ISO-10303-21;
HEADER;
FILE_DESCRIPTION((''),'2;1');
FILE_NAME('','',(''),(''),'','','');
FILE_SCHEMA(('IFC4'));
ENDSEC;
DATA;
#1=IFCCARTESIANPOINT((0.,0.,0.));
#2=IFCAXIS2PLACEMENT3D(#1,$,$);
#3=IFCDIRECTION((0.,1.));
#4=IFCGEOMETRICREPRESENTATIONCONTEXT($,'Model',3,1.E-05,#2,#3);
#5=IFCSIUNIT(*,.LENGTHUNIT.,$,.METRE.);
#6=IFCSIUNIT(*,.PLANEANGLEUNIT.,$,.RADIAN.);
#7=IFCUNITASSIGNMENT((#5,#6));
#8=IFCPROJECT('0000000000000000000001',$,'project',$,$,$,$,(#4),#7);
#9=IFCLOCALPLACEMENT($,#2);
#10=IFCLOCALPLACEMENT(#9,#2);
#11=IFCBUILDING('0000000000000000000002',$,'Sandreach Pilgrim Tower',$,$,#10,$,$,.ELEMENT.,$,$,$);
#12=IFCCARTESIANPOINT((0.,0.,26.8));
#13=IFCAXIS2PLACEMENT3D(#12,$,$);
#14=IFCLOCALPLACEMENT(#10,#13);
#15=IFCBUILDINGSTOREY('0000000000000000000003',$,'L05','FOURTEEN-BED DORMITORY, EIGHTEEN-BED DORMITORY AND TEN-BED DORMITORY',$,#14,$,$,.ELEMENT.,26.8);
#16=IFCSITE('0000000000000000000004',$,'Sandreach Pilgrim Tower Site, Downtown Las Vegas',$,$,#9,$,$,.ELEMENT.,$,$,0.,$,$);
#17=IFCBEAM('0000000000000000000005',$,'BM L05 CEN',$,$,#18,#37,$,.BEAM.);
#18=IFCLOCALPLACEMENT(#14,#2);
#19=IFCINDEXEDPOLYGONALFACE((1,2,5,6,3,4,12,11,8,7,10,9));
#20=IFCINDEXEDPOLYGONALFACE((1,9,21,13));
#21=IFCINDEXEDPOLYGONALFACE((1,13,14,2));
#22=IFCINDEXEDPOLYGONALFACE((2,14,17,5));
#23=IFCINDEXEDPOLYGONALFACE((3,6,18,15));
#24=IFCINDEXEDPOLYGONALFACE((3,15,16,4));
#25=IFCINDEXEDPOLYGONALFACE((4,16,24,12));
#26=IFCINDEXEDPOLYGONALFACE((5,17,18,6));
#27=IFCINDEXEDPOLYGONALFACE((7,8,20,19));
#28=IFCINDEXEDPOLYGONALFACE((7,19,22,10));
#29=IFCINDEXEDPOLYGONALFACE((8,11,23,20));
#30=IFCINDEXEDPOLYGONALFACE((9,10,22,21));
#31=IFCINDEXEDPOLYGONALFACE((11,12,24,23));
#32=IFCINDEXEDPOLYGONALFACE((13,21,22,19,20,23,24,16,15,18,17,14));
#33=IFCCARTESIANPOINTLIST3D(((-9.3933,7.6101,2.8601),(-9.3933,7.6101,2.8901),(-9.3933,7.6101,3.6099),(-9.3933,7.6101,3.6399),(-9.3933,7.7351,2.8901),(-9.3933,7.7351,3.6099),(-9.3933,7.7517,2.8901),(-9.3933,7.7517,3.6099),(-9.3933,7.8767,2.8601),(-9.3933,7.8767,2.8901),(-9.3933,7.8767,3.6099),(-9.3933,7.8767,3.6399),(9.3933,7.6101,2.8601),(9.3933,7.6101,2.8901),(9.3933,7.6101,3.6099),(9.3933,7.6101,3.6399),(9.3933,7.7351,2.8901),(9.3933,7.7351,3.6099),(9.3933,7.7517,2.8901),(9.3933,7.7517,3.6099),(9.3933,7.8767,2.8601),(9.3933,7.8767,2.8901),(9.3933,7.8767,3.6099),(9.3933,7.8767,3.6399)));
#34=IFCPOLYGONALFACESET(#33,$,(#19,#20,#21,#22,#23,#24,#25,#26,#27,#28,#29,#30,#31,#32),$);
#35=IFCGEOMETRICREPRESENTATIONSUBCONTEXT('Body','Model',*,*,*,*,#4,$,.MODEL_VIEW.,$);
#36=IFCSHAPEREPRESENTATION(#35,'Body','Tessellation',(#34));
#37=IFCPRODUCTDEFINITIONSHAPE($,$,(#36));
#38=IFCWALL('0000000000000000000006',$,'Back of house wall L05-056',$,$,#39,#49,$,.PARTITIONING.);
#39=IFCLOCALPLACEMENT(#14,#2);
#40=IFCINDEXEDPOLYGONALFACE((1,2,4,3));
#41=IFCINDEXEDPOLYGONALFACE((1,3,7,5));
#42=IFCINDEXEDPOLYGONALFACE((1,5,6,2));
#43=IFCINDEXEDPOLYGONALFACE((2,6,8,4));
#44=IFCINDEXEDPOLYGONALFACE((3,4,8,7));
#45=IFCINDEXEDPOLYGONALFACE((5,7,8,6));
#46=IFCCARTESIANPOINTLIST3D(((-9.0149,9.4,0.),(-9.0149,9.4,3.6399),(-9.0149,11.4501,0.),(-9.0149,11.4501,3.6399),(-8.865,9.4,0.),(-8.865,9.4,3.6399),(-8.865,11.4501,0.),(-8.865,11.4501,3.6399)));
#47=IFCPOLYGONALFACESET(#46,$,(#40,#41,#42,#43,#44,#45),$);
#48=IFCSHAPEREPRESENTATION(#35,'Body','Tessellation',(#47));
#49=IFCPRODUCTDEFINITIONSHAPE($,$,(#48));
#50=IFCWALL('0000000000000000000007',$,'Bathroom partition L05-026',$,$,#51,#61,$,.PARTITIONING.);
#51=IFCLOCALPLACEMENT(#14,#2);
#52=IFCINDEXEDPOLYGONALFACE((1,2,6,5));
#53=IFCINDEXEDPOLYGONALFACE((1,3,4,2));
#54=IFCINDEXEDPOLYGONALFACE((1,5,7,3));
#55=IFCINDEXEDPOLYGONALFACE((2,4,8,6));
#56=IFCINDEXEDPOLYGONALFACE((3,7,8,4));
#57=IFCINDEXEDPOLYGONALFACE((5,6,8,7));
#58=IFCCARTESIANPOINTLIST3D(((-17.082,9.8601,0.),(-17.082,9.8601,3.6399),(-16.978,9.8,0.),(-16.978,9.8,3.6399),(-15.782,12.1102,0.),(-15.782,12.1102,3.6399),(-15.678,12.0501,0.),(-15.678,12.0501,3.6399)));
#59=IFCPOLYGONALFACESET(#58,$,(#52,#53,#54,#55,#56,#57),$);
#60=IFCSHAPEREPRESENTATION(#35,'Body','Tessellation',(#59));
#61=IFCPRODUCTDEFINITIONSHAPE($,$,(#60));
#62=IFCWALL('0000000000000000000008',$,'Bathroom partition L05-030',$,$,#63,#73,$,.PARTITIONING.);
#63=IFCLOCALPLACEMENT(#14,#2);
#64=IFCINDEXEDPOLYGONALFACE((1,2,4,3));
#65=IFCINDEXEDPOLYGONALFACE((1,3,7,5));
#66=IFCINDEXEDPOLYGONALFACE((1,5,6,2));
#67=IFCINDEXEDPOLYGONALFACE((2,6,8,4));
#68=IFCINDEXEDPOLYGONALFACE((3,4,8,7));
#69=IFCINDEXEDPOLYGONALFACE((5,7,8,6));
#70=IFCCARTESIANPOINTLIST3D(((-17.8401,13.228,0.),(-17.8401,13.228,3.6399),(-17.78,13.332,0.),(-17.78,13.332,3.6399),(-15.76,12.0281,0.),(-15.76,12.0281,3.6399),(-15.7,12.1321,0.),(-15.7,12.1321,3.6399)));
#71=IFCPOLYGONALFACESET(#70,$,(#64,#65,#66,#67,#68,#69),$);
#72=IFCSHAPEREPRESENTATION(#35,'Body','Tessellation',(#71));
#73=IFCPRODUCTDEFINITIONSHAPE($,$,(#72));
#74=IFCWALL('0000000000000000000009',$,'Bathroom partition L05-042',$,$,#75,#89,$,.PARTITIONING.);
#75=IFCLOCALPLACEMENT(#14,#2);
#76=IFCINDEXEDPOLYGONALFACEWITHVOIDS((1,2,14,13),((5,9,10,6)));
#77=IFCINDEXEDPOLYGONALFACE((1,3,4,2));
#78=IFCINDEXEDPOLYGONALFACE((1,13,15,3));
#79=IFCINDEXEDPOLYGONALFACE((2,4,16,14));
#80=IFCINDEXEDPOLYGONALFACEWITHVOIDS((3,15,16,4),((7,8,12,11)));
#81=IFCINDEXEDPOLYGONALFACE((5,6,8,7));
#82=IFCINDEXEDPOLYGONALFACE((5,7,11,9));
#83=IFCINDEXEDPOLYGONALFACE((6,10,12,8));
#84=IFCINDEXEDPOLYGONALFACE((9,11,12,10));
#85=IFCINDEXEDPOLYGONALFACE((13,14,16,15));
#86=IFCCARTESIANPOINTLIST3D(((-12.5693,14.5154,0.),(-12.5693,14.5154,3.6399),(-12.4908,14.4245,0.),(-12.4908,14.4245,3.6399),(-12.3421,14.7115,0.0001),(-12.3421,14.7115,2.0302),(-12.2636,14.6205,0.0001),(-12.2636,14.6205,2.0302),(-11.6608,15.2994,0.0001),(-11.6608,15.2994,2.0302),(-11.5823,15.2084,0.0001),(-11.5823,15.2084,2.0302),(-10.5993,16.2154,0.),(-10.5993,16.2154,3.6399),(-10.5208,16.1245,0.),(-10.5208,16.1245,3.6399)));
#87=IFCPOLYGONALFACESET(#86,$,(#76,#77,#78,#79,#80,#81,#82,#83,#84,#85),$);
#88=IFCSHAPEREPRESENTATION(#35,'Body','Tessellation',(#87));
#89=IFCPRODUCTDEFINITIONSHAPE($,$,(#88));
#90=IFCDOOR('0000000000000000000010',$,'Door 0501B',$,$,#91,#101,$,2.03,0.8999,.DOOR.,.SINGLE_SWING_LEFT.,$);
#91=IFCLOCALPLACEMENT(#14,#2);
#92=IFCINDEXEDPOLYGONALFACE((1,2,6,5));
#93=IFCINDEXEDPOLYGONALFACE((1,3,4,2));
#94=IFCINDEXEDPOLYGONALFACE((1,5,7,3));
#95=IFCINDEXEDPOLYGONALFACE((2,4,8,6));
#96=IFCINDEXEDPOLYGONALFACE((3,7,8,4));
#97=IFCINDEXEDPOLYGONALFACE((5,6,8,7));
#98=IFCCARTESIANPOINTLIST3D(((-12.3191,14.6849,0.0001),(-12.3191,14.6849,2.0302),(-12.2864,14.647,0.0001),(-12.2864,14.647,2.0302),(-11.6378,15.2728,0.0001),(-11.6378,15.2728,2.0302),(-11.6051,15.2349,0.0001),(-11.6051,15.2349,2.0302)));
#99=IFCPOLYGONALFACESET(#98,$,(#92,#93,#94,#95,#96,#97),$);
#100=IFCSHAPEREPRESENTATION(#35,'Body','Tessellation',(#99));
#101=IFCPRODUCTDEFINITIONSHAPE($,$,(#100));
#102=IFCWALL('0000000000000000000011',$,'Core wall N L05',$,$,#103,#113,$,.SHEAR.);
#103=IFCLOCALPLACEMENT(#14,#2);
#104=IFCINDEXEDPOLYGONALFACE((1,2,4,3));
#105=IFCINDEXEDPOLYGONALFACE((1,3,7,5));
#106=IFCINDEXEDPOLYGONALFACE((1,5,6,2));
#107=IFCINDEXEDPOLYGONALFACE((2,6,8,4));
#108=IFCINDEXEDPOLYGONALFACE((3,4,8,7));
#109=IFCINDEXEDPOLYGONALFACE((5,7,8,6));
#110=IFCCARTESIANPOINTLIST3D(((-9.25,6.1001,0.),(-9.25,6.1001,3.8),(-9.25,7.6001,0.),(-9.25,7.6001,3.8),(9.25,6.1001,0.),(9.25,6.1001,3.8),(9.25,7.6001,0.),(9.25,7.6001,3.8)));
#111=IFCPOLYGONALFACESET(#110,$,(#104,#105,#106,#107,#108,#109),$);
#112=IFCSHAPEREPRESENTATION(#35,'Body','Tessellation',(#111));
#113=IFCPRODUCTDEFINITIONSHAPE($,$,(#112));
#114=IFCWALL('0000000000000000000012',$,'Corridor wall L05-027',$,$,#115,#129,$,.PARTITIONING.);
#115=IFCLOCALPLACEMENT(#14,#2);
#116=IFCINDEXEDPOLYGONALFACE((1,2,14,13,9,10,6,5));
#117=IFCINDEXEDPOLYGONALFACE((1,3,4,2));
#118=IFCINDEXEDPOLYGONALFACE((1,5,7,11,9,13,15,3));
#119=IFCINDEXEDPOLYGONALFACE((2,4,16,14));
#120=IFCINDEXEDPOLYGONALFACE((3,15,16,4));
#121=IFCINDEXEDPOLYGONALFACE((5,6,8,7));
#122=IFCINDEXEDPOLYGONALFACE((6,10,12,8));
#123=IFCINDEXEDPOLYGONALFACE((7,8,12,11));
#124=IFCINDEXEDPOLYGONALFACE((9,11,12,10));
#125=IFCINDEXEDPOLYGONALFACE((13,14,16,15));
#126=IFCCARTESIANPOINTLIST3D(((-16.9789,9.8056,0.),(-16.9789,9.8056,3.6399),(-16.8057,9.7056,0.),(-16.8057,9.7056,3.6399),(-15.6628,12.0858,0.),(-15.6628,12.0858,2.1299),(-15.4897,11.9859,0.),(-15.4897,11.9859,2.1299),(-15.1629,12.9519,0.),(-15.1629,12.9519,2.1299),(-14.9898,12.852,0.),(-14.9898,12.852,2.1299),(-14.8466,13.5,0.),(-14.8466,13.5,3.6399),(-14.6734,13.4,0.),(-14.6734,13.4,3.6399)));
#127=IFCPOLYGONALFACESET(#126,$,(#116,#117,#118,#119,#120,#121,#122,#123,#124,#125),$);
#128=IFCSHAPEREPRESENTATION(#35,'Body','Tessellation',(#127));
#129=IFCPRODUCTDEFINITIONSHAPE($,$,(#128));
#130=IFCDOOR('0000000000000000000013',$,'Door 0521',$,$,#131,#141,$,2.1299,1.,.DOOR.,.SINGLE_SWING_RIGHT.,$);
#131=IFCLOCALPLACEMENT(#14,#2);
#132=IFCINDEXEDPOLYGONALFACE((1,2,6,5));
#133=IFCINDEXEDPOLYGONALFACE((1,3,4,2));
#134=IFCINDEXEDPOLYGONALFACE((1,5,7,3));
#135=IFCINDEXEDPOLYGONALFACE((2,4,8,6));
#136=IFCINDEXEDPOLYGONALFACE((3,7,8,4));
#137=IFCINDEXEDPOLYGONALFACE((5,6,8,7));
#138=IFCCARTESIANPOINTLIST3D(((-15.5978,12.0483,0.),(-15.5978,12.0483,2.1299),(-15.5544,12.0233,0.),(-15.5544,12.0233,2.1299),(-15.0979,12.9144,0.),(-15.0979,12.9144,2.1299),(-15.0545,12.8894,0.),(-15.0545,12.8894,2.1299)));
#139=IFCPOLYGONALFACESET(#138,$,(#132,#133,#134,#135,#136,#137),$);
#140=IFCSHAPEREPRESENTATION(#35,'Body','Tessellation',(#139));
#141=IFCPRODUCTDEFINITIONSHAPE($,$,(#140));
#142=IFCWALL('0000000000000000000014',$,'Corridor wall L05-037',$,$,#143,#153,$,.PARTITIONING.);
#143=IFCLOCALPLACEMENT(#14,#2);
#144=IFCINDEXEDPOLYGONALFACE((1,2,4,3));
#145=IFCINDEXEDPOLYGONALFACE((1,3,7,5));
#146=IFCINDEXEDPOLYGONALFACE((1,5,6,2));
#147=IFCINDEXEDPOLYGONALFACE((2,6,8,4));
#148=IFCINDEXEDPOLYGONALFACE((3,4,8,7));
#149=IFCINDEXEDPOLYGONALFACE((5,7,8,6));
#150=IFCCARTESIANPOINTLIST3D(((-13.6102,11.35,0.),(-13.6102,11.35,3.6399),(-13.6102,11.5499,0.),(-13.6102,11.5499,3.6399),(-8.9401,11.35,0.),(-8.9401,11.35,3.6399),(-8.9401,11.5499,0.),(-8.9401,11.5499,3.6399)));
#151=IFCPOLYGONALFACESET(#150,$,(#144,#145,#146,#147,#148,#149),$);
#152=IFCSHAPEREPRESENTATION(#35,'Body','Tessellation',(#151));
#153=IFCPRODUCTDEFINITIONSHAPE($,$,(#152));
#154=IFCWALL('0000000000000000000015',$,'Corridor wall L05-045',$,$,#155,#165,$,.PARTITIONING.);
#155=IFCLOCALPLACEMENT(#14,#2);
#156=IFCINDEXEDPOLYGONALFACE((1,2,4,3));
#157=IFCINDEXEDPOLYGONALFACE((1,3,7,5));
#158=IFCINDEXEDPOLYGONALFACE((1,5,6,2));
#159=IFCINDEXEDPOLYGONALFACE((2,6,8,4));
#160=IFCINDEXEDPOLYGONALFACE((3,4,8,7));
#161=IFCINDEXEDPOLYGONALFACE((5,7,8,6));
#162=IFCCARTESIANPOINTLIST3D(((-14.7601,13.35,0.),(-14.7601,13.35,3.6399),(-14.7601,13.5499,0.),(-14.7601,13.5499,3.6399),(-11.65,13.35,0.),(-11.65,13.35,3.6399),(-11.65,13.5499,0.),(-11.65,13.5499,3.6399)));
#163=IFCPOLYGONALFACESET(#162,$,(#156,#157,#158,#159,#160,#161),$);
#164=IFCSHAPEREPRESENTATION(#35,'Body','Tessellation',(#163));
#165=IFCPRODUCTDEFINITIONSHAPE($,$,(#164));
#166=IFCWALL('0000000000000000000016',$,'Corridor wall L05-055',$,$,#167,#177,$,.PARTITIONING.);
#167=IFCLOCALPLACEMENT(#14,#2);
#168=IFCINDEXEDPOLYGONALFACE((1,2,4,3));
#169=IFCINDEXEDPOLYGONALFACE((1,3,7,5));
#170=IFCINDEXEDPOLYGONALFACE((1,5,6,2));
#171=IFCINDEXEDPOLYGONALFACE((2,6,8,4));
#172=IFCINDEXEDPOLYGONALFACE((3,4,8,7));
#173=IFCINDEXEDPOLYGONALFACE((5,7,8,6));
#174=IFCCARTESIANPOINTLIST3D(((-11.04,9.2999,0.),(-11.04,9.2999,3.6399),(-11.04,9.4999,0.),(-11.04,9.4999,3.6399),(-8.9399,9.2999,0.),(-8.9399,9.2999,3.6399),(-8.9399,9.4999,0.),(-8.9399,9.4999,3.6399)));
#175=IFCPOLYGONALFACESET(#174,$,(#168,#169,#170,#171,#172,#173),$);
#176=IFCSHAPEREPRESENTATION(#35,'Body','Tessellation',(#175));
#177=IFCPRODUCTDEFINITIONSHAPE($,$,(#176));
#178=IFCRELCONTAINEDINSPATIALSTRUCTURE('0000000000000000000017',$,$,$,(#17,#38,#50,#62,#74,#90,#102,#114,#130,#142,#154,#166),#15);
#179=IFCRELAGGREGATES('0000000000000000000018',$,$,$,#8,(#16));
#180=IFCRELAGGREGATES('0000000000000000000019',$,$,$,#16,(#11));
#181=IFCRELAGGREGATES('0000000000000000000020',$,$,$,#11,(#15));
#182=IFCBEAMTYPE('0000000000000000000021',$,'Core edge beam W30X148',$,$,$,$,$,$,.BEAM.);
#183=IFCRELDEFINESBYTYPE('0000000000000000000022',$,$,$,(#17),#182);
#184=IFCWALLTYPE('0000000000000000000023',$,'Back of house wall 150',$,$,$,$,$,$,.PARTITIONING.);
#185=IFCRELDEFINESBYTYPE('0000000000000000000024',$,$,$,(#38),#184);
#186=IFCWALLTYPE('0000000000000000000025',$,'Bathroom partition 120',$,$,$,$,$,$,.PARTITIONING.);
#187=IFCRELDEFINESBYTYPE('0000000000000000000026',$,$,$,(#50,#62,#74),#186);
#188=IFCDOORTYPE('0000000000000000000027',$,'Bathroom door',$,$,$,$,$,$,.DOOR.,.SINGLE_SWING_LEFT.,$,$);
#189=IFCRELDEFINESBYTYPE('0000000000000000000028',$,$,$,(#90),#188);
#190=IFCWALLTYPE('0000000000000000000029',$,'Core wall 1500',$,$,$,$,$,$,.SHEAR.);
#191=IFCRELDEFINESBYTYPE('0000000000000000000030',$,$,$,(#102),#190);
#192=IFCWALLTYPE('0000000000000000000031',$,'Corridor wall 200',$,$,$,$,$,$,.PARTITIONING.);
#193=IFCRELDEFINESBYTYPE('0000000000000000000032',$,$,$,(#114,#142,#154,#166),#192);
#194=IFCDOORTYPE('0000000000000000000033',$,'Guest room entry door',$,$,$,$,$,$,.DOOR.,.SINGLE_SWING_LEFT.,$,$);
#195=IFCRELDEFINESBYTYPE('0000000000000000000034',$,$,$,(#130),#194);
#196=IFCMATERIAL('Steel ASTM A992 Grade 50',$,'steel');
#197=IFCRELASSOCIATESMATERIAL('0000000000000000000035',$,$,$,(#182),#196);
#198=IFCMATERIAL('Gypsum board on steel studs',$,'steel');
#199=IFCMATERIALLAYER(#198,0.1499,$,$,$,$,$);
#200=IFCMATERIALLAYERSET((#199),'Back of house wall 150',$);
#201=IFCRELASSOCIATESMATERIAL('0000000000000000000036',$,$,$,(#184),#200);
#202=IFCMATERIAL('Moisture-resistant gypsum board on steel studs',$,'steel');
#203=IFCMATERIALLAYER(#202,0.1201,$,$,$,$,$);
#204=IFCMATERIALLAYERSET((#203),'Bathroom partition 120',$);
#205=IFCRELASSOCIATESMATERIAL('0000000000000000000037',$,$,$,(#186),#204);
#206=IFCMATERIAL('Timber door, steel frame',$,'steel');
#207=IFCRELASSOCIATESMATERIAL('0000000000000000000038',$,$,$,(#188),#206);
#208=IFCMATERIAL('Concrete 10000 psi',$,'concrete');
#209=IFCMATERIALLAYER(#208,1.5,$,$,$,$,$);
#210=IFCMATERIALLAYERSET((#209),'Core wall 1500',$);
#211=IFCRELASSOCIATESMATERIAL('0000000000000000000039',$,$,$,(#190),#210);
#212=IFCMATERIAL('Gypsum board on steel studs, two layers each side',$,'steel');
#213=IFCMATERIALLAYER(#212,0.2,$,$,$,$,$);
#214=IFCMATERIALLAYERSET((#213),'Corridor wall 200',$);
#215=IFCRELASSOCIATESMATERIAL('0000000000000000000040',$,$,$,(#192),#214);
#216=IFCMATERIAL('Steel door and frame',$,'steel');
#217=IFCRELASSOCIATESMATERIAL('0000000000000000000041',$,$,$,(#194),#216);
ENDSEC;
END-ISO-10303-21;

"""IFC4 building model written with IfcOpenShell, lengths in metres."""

from ifc_helpers import new_model, si_unit, direction, frame, frame_2d, origin, origin_2d, place, context, subcontext, project, spatial, rectangle, i_section, extrude, material, layer, layer_set, material_profile, profile_set, type_object, element, fill, save


model = new_model("IFC4")

# Units and contexts
model_context = context("Model", 3, precision=1e-05, world=origin(), true_north=direction((0.0, 1.0)))
body_context = subcontext(model_context, "Body", "Model", "MODEL_VIEW")
ifc_project = project(units=[si_unit("LENGTHUNIT", "METRE"), si_unit("PLANEANGLEUNIT", "RADIAN")], contexts=[model_context])

# Site, building, storey
site_placement = place(None, origin())
site = spatial("IfcSite", under=ifc_project, at=site_placement, Name="Sandreach Pilgrim Tower Site, Downtown Las Vegas", CompositionType="ELEMENT", RefElevation=0.0)
building_placement = place(site_placement, origin())
building = spatial("IfcBuilding", under=site, at=building_placement, Name="Sandreach Pilgrim Tower", CompositionType="ELEMENT")
storey_placement = place(building_placement, frame((0.0, 0.0, 26.8)))
storey = spatial("IfcBuildingStorey", under=building, at=storey_placement, Name="L05", Description="FOURTEEN-BED DORMITORY, EIGHTEEN-BED DORMITORY AND TEN-BED DORMITORY", CompositionType="ELEMENT", Elevation=26.8)

# Beam
ifc_material_1 = material(Name="Steel ASTM A992 Grade 50", Category="steel")
ifc_material_profile = material_profile(ifc_material_1, i_section(OverallWidth=0.2666, OverallDepth=0.7798, WebThickness=0.0166, FlangeThickness=0.03, at=origin_2d()), Name="W30X148")
ifc_profile_set = profile_set([ifc_material_profile], Name="Steel ASTM A992 Grade 50")
beam_type = type_object("IfcBeamType", Name="Core edge beam W30X148", PredefinedType="BEAM", material=ifc_profile_set)
beam_placement = place(storey_placement, frame((-9.3933, 7.7434, 3.25), z_axis=(1.0, 0.0, 0.0), x_axis=(0.0, 1.0, 0.0)))
element("IfcBeam", 1, at=beam_placement, inside=storey, type_object=beam_type, Name="BM L05 CEN", PredefinedType="BEAM", context=body_context, shape_type="SweptSolid", body=[
    extrude(i_section(OverallWidth=0.2666, OverallDepth=0.7798, WebThickness=0.0166, FlangeThickness=0.03, at=origin_2d()), origin(), (0.0, 0.0, 1.0), 18.7866),
])

# Walls
ifc_material_2 = material(Name="Gypsum board on steel studs", Category="steel")
ifc_layer_1 = layer(ifc_material_2, 0.1499)
ifc_layer_set_1 = layer_set([ifc_layer_1], Name="Back of house wall 150")
wall_type_1 = type_object("IfcWallType", Name="Back of house wall 150", PredefinedType="PARTITIONING", material=ifc_layer_set_1)
wall_1_placement = place(storey_placement, frame((-8.9399, 11.45, 0.0), z_axis=(0.0, 0.0, 1.0), x_axis=(0.0, -1.0, 0.0)))
element("IfcWall", 2, at=wall_1_placement, inside=storey, type_object=wall_type_1, Name="Back of house wall L05-056", PredefinedType="PARTITIONING", context=body_context, shape_type="SweptSolid", body=[
    extrude(rectangle(XDim=2.05, YDim=0.1499, at=frame_2d((1.0249, 0.0))), origin(), (0.0, 0.0, 1.0), 3.6399),
])
ifc_material_3 = material(Name="Moisture-resistant gypsum board on steel studs", Category="steel")
ifc_layer_2 = layer(ifc_material_3, 0.1201)
ifc_layer_set_2 = layer_set([ifc_layer_2], Name="Bathroom partition 120")
wall_type_2 = type_object("IfcWallType", Name="Bathroom partition 120", PredefinedType="PARTITIONING", material=ifc_layer_set_2)
wall_2_placement = place(storey_placement, frame((-17.03, 9.8301, 0.0), z_axis=(0.0, 0.0, 1.0), x_axis=(0.500292, 0.865857, 0.0)))
element("IfcWall", 3, at=wall_2_placement, inside=storey, type_object=wall_type_2, Name="Bathroom partition L05-026", PredefinedType="PARTITIONING", context=body_context, shape_type="SweptSolid", body=[
    extrude(rectangle(XDim=2.5986, YDim=0.1201, at=frame_2d((1.2993, 0.0))), origin(), (0.0, 0.0, 1.0), 3.6399),
])
wall_3_placement = place(storey_placement, frame((-15.73, 12.0801, 0.0), z_axis=(0.0, 0.0, 1.0), x_axis=(-0.866203, 0.499693, 0.0)))
element("IfcWall", 4, at=wall_3_placement, inside=storey, type_object=wall_type_2, Name="Bathroom partition L05-030", PredefinedType="PARTITIONING", context=body_context, shape_type="SweptSolid", body=[
    extrude(rectangle(XDim=2.4014, YDim=0.1201, at=frame_2d((1.2007, 0.0))), origin(), (0.0, 0.0, 1.0), 3.6399),
])

# Wall, opening, door
wall_4_placement = place(storey_placement, frame((-12.53, 14.47, 0.0), z_axis=(0.0, 0.0, 1.0), x_axis=(0.757087, 0.653314, 0.0)))
wall_4 = element("IfcWall", 5, at=wall_4_placement, inside=storey, type_object=wall_type_2, Name="Bathroom partition L05-042", PredefinedType="PARTITIONING", context=body_context, shape_type="SweptSolid", body=[
    extrude(rectangle(XDim=2.6021, YDim=0.1201, at=frame_2d((1.301, 0.0))), origin(), (0.0, 0.0, 1.0), 3.6399),
])
opening_1_placement = place(wall_4_placement, frame((0.3, 0.0, 0.0)))
opening_1 = element("IfcOpeningElement", 6, at=opening_1_placement, cuts=wall_4, PredefinedType="OPENING", context=body_context, shape_type="SweptSolid", body=[
    extrude(rectangle(XDim=0.8999, YDim=2.03, at=frame_2d((0.45, 1.0151))), frame((0.0, 0.0601, 0.0), z_axis=(0.0, -1.0, 0.0), x_axis=(1.0, 0.0, 0.0)), (0.0, 0.0, 1.0), 0.1201),
])
ifc_material_4 = material(Name="Timber door, steel frame", Category="steel")
door_type_1 = type_object("IfcDoorType", Name="Bathroom door", OperationType="SINGLE_SWING_LEFT", PredefinedType="DOOR", material=ifc_material_4)
door_1_placement = place(opening_1_placement, origin())
door_1 = element("IfcDoor", 7, at=door_1_placement, inside=storey, type_object=door_type_1, Name="Door 0501B", OperationType="SINGLE_SWING_LEFT", OverallHeight=2.03, OverallWidth=0.8999, PredefinedType="DOOR", context=body_context, shape_type="SweptSolid", body=[
    extrude(rectangle(XDim=0.8999, YDim=2.03, at=frame_2d((0.45, 1.0151))), frame((0.0, 0.0249, 0.0), z_axis=(0.0, -1.0, 0.0), x_axis=(1.0, 0.0, 0.0)), (0.0, 0.0, 1.0), 0.05),
])
fill(opening_1, door_1)

# Wall
ifc_material_5 = material(Name="Concrete 10000 psi", Category="concrete")
ifc_layer_3 = layer(ifc_material_5, 1.5)
ifc_layer_set_3 = layer_set([ifc_layer_3], Name="Core wall 1500")
wall_type_3 = type_object("IfcWallType", Name="Core wall 1500", PredefinedType="SHEAR", material=ifc_layer_set_3)
wall_5_placement = place(storey_placement, frame((-9.25, 6.8501, 0.0), z_axis=(0.0, 0.0, 1.0), x_axis=(1.0, 0.0, 0.0)))
element("IfcWall", 8, at=wall_5_placement, inside=storey, type_object=wall_type_3, Name="Core wall N L05", PredefinedType="SHEAR", context=body_context, shape_type="SweptSolid", body=[
    extrude(rectangle(XDim=18.5, YDim=1.5, at=frame_2d((9.25, 0.0))), origin(), (0.0, 0.0, 1.0), 3.8),
])

# Wall, opening, door
ifc_material_6 = material(Name="Gypsum board on steel studs, two layers each side", Category="steel")
ifc_layer_4 = layer(ifc_material_6, 0.2)
ifc_layer_set_4 = layer_set([ifc_layer_4], Name="Corridor wall 200")
wall_type_4 = type_object("IfcWallType", Name="Corridor wall 200", PredefinedType="PARTITIONING", material=ifc_layer_set_4)
wall_6_placement = place(storey_placement, frame((-16.8923, 9.7556, 0.0), z_axis=(0.0, 0.0, 1.0), x_axis=(0.499894, 0.866086, 0.0)))
wall_6 = element("IfcWall", 9, at=wall_6_placement, inside=storey, type_object=wall_type_4, Name="Corridor wall L05-027", PredefinedType="PARTITIONING", context=body_context, shape_type="SweptSolid", body=[
    extrude(rectangle(XDim=4.2656, YDim=0.2, at=frame_2d((2.1328, 0.0))), origin(), (0.0, 0.0, 1.0), 3.6399),
])
opening_2_placement = place(wall_6_placement, frame((2.6328, 0.0, 0.0)))
opening_2 = element("IfcOpeningElement", 10, at=opening_2_placement, cuts=wall_6, PredefinedType="OPENING", context=body_context, shape_type="SweptSolid", body=[
    extrude(rectangle(XDim=1.0, YDim=2.1299, at=frame_2d((0.5, 1.0649))), frame((0.0, 0.1001, 0.0), z_axis=(0.0, -1.0, 0.0), x_axis=(1.0, 0.0, 0.0)), (0.0, 0.0, 1.0), 0.2),
])
ifc_material_7 = material(Name="Steel door and frame", Category="steel")
door_type_2 = type_object("IfcDoorType", Name="Guest room entry door", OperationType="SINGLE_SWING_LEFT", PredefinedType="DOOR", material=ifc_material_7)
door_2_placement = place(opening_2_placement, origin())
door_2 = element("IfcDoor", 11, at=door_2_placement, inside=storey, type_object=door_type_2, Name="Door 0521", OperationType="SINGLE_SWING_RIGHT", OverallHeight=2.1299, OverallWidth=1.0, PredefinedType="DOOR", context=body_context, shape_type="SweptSolid", body=[
    extrude(rectangle(XDim=1.0, YDim=2.1299, at=frame_2d((0.5, 1.0649))), frame((0.0, 0.0249, 0.0), z_axis=(0.0, -1.0, 0.0), x_axis=(1.0, 0.0, 0.0)), (0.0, 0.0, 1.0), 0.05),
])
fill(opening_2, door_2)

# Walls
wall_7_placement = place(storey_placement, frame((-13.6101, 11.45, 0.0), z_axis=(0.0, 0.0, 1.0), x_axis=(1.0, 0.0, 0.0)))
element("IfcWall", 12, at=wall_7_placement, inside=storey, type_object=wall_type_4, Name="Corridor wall L05-037", PredefinedType="PARTITIONING", context=body_context, shape_type="SweptSolid", body=[
    extrude(rectangle(XDim=4.6702, YDim=0.2, at=frame_2d((2.335, 0.0))), origin(), (0.0, 0.0, 1.0), 3.6399),
])
wall_8_placement = place(storey_placement, frame((-11.6499, 13.45, 0.0), z_axis=(0.0, 0.0, 1.0), x_axis=(-1.0, 0.0, 0.0)))
element("IfcWall", 13, at=wall_8_placement, inside=storey, type_object=wall_type_4, Name="Corridor wall L05-045", PredefinedType="PARTITIONING", context=body_context, shape_type="SweptSolid", body=[
    extrude(rectangle(XDim=3.1101, YDim=0.2, at=frame_2d((1.5552, 0.0))), origin(), (0.0, 0.0, 1.0), 3.6399),
])

# Wall
wall_9_placement = place(storey_placement, frame((-8.9399, 9.3999, 0.0), z_axis=(0.0, 0.0, 1.0), x_axis=(-1.0, 0.0, 0.0)))
element("IfcWall", 14, at=wall_9_placement, inside=storey, type_object=wall_type_4, Name="Corridor wall L05-055", PredefinedType="PARTITIONING", context=body_context, shape_type="SweptSolid", body=[
    extrude(rectangle(XDim=2.1001, YDim=0.2, at=frame_2d((1.05, 0.0))), origin(), (0.0, 0.0, 1.0), 3.6399),
])

save(model, "model.ifc")
